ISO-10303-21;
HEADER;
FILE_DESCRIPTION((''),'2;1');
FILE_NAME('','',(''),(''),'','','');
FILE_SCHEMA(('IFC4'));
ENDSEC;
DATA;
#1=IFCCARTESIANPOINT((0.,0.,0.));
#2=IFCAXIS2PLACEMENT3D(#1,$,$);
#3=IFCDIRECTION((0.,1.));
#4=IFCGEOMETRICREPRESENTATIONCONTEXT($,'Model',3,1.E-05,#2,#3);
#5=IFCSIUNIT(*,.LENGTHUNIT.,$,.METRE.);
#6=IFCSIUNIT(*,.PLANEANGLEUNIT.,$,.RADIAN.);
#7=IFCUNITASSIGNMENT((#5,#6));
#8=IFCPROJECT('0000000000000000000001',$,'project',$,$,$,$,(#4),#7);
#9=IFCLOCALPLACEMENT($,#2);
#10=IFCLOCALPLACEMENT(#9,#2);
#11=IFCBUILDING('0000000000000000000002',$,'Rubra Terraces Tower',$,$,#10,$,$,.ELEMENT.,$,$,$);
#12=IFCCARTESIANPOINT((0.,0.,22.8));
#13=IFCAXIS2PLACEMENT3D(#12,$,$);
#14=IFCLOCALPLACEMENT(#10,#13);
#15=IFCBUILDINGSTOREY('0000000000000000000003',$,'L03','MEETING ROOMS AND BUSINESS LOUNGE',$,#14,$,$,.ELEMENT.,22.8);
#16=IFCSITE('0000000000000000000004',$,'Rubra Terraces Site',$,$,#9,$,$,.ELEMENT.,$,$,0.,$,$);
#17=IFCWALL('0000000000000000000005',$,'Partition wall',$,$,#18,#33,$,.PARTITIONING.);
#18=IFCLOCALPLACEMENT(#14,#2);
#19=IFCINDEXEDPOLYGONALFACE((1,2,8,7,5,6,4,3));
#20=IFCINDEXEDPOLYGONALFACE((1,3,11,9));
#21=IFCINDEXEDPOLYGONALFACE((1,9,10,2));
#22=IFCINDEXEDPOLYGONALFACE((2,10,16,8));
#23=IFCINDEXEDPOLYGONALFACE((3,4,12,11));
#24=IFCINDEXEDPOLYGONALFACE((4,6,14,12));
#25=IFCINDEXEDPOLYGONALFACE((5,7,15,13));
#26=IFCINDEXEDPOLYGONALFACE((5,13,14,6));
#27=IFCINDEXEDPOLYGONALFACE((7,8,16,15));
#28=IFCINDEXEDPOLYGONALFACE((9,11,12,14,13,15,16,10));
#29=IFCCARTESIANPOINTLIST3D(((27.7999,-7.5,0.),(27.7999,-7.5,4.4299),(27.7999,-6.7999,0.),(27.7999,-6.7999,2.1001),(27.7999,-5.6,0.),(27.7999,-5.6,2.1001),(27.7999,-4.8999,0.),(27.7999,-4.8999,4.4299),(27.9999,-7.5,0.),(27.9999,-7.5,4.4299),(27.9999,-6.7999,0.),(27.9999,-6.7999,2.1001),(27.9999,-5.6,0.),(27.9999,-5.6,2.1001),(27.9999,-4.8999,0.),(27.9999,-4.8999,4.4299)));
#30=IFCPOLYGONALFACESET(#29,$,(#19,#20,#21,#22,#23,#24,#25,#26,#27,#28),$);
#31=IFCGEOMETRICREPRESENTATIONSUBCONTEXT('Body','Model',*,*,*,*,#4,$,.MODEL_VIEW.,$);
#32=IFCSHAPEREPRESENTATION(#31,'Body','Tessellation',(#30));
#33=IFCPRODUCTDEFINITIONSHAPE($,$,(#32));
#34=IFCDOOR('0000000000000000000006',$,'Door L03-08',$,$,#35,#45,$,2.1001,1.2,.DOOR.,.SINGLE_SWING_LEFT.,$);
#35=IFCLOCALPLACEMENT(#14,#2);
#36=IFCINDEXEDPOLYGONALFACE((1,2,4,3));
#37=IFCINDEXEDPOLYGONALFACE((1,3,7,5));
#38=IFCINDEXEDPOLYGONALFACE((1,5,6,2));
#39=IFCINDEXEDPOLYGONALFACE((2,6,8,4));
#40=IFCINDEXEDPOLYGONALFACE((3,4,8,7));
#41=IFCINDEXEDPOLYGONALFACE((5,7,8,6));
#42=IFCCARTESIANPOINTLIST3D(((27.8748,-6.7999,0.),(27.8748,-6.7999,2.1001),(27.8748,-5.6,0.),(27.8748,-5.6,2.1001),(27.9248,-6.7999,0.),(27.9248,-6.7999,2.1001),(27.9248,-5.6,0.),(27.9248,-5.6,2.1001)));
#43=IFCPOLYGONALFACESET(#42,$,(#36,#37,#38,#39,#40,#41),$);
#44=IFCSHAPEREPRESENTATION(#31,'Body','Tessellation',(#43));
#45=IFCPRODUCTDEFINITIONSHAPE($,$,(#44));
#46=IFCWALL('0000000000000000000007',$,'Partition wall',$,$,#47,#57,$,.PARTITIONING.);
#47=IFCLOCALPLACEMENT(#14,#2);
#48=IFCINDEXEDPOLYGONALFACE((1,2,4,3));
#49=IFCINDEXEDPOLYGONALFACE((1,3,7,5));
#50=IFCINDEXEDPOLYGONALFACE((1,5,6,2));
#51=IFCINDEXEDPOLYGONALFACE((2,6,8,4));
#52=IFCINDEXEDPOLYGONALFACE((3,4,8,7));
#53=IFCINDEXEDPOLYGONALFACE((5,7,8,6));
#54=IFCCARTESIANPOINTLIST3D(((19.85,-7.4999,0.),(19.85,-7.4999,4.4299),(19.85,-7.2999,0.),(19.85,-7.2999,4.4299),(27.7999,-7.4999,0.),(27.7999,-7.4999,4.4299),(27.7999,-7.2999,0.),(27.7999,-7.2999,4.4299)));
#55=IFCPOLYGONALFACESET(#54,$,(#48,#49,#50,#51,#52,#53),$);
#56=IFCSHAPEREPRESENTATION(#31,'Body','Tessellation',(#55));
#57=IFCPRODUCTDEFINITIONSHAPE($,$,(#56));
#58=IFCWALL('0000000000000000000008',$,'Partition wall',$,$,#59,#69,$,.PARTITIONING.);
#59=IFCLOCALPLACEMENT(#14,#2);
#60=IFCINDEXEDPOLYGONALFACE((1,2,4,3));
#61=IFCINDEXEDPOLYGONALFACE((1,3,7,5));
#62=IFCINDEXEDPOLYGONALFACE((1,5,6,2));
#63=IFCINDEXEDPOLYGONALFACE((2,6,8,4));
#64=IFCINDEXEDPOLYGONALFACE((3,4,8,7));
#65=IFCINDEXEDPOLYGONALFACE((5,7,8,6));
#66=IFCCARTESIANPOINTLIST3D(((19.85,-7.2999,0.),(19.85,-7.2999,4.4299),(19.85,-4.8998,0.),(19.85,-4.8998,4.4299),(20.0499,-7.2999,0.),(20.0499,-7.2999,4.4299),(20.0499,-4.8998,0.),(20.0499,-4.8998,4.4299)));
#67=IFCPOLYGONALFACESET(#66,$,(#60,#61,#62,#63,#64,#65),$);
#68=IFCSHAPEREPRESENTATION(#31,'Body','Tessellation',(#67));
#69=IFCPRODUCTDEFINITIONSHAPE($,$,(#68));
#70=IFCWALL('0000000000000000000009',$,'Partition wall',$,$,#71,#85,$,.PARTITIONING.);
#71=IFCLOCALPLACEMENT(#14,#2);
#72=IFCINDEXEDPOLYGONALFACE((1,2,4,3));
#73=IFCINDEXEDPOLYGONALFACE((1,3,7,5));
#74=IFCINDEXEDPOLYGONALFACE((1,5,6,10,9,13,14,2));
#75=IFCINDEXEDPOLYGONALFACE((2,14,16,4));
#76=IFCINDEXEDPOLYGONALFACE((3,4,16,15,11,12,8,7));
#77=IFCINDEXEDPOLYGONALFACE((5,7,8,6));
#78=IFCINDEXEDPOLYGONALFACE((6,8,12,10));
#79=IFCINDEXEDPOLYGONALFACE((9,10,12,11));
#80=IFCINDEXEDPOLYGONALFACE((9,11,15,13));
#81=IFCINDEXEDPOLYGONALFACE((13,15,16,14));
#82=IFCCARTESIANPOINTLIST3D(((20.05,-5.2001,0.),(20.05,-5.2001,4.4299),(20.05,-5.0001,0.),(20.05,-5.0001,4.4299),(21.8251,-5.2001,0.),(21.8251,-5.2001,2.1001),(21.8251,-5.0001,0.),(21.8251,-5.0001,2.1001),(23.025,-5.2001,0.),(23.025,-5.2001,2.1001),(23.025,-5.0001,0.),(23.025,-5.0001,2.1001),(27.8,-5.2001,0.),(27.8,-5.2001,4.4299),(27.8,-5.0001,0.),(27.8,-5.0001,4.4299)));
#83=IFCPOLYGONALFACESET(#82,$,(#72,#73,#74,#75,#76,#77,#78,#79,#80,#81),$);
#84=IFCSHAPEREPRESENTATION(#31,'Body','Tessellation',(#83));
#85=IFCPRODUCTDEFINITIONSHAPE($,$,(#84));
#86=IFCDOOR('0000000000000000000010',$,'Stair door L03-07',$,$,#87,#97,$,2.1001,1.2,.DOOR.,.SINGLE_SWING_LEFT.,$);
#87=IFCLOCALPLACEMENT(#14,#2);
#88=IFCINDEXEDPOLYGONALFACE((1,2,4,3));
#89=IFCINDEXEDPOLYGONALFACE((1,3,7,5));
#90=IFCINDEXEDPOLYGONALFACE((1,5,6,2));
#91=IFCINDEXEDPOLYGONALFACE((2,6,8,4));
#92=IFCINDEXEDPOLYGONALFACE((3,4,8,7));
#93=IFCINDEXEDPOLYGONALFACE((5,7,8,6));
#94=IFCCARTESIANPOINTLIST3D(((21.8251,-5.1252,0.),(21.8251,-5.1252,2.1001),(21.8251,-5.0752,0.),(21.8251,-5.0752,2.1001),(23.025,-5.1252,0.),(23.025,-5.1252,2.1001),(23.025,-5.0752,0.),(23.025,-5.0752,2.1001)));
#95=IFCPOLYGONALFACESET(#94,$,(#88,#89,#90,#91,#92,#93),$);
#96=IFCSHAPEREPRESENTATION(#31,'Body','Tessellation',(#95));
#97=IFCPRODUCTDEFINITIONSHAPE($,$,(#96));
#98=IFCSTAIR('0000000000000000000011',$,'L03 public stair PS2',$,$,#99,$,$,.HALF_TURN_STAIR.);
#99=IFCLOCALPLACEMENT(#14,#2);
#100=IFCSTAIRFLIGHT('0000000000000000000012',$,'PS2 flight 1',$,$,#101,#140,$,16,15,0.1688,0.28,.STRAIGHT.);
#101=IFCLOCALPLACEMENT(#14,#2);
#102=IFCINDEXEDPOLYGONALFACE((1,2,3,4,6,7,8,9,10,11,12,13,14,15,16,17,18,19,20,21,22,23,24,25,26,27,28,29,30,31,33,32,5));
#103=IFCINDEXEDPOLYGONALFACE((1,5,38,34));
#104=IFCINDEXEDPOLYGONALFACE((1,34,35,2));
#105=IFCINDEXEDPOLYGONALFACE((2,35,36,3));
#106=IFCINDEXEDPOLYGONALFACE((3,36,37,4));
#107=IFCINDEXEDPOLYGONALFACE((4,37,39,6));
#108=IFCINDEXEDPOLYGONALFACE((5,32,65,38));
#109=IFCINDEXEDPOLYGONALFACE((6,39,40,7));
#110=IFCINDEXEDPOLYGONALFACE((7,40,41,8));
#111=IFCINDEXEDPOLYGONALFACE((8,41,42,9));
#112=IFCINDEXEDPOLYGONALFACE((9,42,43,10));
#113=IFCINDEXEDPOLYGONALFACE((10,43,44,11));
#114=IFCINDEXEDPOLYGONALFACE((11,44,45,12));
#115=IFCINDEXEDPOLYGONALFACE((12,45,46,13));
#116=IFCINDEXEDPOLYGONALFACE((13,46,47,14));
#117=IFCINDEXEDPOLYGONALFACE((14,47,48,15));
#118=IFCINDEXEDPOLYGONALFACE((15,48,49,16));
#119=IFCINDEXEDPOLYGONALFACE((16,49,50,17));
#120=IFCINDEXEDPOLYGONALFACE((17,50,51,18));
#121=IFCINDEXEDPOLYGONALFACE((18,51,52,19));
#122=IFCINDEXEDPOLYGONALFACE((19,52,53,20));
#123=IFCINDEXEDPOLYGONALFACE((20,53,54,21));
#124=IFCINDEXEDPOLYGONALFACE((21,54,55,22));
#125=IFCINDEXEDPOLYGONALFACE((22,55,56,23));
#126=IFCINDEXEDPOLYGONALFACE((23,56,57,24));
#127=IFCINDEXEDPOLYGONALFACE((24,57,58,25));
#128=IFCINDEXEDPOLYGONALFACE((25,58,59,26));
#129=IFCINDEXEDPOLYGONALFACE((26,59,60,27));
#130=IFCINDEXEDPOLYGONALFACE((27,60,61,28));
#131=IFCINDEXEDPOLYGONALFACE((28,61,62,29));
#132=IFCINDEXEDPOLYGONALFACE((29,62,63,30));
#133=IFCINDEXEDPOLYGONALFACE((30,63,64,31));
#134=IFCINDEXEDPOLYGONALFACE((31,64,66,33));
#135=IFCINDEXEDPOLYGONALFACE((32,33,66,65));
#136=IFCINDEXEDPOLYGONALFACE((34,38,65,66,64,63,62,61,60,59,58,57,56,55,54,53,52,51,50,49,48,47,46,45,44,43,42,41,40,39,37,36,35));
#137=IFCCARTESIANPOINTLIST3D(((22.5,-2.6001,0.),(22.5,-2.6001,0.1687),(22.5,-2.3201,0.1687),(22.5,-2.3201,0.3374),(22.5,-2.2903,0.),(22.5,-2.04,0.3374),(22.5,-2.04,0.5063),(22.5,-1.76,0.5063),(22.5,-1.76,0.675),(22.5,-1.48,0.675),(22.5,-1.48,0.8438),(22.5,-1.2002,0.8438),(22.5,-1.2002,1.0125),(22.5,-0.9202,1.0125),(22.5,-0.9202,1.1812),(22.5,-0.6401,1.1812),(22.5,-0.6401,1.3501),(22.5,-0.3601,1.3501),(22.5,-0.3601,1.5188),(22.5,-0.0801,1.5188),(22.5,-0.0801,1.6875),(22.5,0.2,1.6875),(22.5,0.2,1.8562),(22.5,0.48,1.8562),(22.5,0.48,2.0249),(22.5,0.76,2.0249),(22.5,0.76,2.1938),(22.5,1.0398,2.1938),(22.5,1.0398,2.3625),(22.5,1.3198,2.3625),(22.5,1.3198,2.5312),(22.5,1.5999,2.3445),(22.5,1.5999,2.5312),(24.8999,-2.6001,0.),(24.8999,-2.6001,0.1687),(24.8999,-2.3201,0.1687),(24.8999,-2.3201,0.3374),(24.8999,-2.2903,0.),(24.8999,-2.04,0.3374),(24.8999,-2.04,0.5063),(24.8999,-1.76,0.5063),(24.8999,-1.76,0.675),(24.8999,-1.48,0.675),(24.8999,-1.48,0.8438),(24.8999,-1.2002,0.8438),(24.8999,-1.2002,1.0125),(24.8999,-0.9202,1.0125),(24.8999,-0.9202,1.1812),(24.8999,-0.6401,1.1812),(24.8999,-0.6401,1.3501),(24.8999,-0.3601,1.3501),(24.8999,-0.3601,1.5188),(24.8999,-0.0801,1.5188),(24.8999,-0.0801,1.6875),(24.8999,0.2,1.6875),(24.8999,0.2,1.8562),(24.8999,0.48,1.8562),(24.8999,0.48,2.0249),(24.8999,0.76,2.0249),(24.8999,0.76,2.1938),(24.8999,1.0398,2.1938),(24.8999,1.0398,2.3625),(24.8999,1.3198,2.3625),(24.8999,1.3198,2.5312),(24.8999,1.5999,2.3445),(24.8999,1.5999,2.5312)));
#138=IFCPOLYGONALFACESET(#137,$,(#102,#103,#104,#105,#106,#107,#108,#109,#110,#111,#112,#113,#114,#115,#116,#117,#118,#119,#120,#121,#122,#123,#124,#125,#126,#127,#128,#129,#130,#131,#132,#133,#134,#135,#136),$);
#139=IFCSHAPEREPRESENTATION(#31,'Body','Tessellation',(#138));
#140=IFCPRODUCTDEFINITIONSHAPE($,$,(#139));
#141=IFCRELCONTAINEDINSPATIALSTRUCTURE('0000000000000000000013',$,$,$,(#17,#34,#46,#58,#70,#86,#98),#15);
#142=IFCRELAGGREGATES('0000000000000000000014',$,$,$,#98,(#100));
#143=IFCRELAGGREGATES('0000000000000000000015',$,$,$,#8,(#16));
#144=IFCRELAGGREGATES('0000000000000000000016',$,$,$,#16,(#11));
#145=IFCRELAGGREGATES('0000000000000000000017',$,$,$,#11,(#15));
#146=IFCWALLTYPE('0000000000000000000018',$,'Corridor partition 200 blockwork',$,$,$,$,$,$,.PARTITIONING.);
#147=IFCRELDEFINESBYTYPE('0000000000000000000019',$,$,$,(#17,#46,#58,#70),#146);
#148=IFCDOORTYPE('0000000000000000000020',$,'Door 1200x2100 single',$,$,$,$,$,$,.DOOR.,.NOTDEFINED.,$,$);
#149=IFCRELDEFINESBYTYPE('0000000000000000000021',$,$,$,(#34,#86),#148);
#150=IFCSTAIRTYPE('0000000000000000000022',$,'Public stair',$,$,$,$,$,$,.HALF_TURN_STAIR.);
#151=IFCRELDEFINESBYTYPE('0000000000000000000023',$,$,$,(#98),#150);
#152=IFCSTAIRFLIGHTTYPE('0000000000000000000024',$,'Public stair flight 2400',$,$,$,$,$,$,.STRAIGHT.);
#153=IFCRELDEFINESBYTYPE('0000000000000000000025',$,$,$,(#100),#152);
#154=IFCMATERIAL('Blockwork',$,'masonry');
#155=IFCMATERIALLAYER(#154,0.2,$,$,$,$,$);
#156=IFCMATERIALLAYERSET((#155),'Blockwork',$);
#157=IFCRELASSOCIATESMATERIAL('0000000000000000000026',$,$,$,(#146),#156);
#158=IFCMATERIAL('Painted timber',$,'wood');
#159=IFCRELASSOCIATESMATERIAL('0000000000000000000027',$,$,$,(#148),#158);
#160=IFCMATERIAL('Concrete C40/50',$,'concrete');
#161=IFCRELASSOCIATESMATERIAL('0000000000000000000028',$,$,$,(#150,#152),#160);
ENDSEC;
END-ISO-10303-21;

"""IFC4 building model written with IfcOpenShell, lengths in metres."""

from ifc_helpers import new_model, si_unit, direction, frame, frame_2d, origin, place, context, subcontext, project, spatial, polyline, rectangle, outline, extrude, material, layer, layer_set, type_object, element, fill, aggregate, save


model = new_model("IFC4")

# Units and contexts
model_context = context("Model", 3, precision=1e-05, world=origin(), true_north=direction((0.0, 1.0)))
body_context = subcontext(model_context, "Body", "Model", "MODEL_VIEW")
ifc_project = project(units=[si_unit("LENGTHUNIT", "METRE"), si_unit("PLANEANGLEUNIT", "RADIAN")], contexts=[model_context])

# Site, building, storey
site_placement = place(None, origin())
site = spatial("IfcSite", under=ifc_project, at=site_placement, Name="Rubra Terraces Site", CompositionType="ELEMENT", RefElevation=0.0)
building_placement = place(site_placement, origin())
building = spatial("IfcBuilding", under=site, at=building_placement, Name="Rubra Terraces Tower", CompositionType="ELEMENT")
storey_placement = place(building_placement, frame((0.0, 0.0, 22.8)))
storey = spatial("IfcBuildingStorey", under=building, at=storey_placement, Name="L03", Description="MEETING ROOMS AND BUSINESS LOUNGE", CompositionType="ELEMENT", Elevation=22.8)

# Wall, opening, door
ifc_material_1 = material(Name="Blockwork", Category="masonry")
ifc_layer = layer(ifc_material_1, 0.2)
ifc_layer_set = layer_set([ifc_layer], Name="Blockwork")
wall_type = type_object("IfcWallType", Name="Corridor partition 200 blockwork", PredefinedType="PARTITIONING", material=ifc_layer_set)
wall_1_placement = place(storey_placement, frame((27.8999, -4.8999, 0.0), z_axis=(0.0, 0.0, 1.0), x_axis=(0.0, -1.0, 0.0)))
wall_1 = element("IfcWall", 1, at=wall_1_placement, inside=storey, type_object=wall_type, Name="Partition wall", PredefinedType="PARTITIONING", context=body_context, shape_type="SweptSolid", body=[
    extrude(rectangle(XDim=2.6001, YDim=0.2, at=frame_2d((1.3, 0.0))), origin(), (0.0, 0.0, 1.0), 4.4299),
])
opening_1_placement = place(wall_1_placement, frame((0.7, 0.0, 0.0)))
opening_1 = element("IfcOpeningElement", 2, at=opening_1_placement, cuts=wall_1, PredefinedType="OPENING", context=body_context, shape_type="SweptSolid", body=[
    extrude(rectangle(XDim=1.2, YDim=2.1001, at=frame_2d((0.6001, 1.05))), frame((0.0, 0.1099, 0.0), z_axis=(0.0, -1.0, 0.0), x_axis=(1.0, 0.0, 0.0)), (0.0, 0.0, 1.0), 0.22),
])
ifc_material_2 = material(Name="Painted timber", Category="wood")
door_type = type_object("IfcDoorType", Name="Door 1200x2100 single", OperationType="NOTDEFINED", PredefinedType="DOOR", material=ifc_material_2)
door_1_placement = place(opening_1_placement, origin())
door_1 = element("IfcDoor", 3, at=door_1_placement, inside=storey, type_object=door_type, Name="Door L03-08", OperationType="SINGLE_SWING_LEFT", OverallHeight=2.1001, OverallWidth=1.2, PredefinedType="DOOR", context=body_context, shape_type="SweptSolid", body=[
    extrude(rectangle(XDim=1.2, YDim=2.1001, at=frame_2d((0.6001, 1.05))), frame((0.0, 0.0249, 0.0), z_axis=(0.0, -1.0, 0.0), x_axis=(1.0, 0.0, 0.0)), (0.0, 0.0, 1.0), 0.05),
])
fill(opening_1, door_1)

# Walls
wall_2_placement = place(storey_placement, frame((27.8, -7.3999, 0.0), z_axis=(0.0, 0.0, 1.0), x_axis=(-1.0, 0.0, 0.0)))
element("IfcWall", 4, at=wall_2_placement, inside=storey, type_object=wall_type, Name="Partition wall", PredefinedType="PARTITIONING", context=body_context, shape_type="SweptSolid", body=[
    extrude(rectangle(XDim=7.95, YDim=0.2, at=frame_2d((3.9751, 0.0))), origin(), (0.0, 0.0, 1.0), 4.4299),
])
wall_3_placement = place(storey_placement, frame((19.95, -7.3, 0.0), z_axis=(0.0, 0.0, 1.0), x_axis=(0.0, 1.0, 0.0)))
element("IfcWall", 5, at=wall_3_placement, inside=storey, type_object=wall_type, Name="Partition wall", PredefinedType="PARTITIONING", context=body_context, shape_type="SweptSolid", body=[
    extrude(rectangle(XDim=2.4001, YDim=0.2, at=frame_2d((1.2002, 0.0))), origin(), (0.0, 0.0, 1.0), 4.4299),
])

# Wall, opening, door
wall_4_placement = place(storey_placement, frame((20.05, -5.1001, 0.0), z_axis=(0.0, 0.0, 1.0), x_axis=(1.0, 0.0, 0.0)))
wall_4 = element("IfcWall", 6, at=wall_4_placement, inside=storey, type_object=wall_type, Name="Partition wall", PredefinedType="PARTITIONING", context=body_context, shape_type="SweptSolid", body=[
    extrude(rectangle(XDim=7.75, YDim=0.2, at=frame_2d((3.875, 0.0))), origin(), (0.0, 0.0, 1.0), 4.4299),
])
opening_2_placement = place(wall_4_placement, frame((1.7749, 0.0, 0.0)))
opening_2 = element("IfcOpeningElement", 7, at=opening_2_placement, cuts=wall_4, PredefinedType="OPENING", context=body_context, shape_type="SweptSolid", body=[
    extrude(rectangle(XDim=1.2, YDim=2.1001, at=frame_2d((0.6001, 1.05))), frame((0.0, 0.1099, 0.0), z_axis=(0.0, -1.0, 0.0), x_axis=(1.0, 0.0, 0.0)), (0.0, 0.0, 1.0), 0.22),
])
door_2_placement = place(opening_2_placement, origin())
door_2 = element("IfcDoor", 8, at=door_2_placement, inside=storey, type_object=door_type, Name="Stair door L03-07", OperationType="SINGLE_SWING_LEFT", OverallHeight=2.1001, OverallWidth=1.2, PredefinedType="DOOR", context=body_context, shape_type="SweptSolid", body=[
    extrude(rectangle(XDim=1.2, YDim=2.1001, at=frame_2d((0.6001, 1.05))), frame((0.0, 0.0249, 0.0), z_axis=(0.0, -1.0, 0.0), x_axis=(1.0, 0.0, 0.0)), (0.0, 0.0, 1.0), 0.05),
])
fill(opening_2, door_2)

# Stair, stair flight
ifc_material_3 = material(Name="Concrete C40/50", Category="concrete")
stair_type = type_object("IfcStairType", Name="Public stair", PredefinedType="HALF_TURN_STAIR", material=ifc_material_3)
stair_placement = place(storey_placement, origin())
stair = element("IfcStair", 9, at=stair_placement, inside=storey, type_object=stair_type, Name="L03 public stair PS2", PredefinedType="HALF_TURN_STAIR")
stair_flight_type = type_object("IfcStairFlightType", Name="Public stair flight 2400", PredefinedType="STRAIGHT", material=ifc_material_3)
stair_flight_placement = place(storey_placement, frame((23.7, -2.6001, 0.0), z_axis=(0.0, 0.0, 1.0), x_axis=(0.0, 1.0, 0.0)))
stair_flight = element("IfcStairFlight", 10, at=stair_flight_placement, type_object=stair_flight_type, Name="PS2 flight 1", NumberOfRisers=16, NumberOfTreads=15, PredefinedType="STRAIGHT", RiserHeight=0.1688, TreadLength=0.28, context=body_context, shape_type="SweptSolid", body=[
    extrude(outline(polyline([(0.0, 0.0), (0.0, 0.1687), (0.28, 0.1687), (0.28, 0.3374), (0.5601, 0.3374), (0.5601, 0.5063), (0.8401, 0.5063), (0.8401, 0.675), (1.1201, 0.675), (1.1201, 0.8438), (1.3999, 0.8438), (1.3999, 1.0125), (1.6799, 1.0125), (1.6799, 1.1812), (1.96, 1.1812), (1.96, 1.3501), (2.24, 1.3501), (2.24, 1.5188), (2.52, 1.5188), (2.52, 1.6875), (2.8, 1.6875), (2.8, 1.8562), (3.0801, 1.8562), (3.0801, 2.0249), (3.3601, 2.0249), (3.3601, 2.1938), (3.6399, 2.1938), (3.6399, 2.3625), (3.9199, 2.3625), (3.9199, 2.5312), (4.2, 2.5312), (4.2, 2.7), (4.2, 2.3445), (0.3098, 0.0), (0.0, 0.0)])), frame((0.0, 1.2, 0.0), z_axis=(0.0, -1.0, 0.0), x_axis=(1.0, 0.0, 0.0)), (0.0, 0.0, 1.0), 2.3999),
])
aggregate(stair, [stair_flight])

save(model, "model.ifc")
